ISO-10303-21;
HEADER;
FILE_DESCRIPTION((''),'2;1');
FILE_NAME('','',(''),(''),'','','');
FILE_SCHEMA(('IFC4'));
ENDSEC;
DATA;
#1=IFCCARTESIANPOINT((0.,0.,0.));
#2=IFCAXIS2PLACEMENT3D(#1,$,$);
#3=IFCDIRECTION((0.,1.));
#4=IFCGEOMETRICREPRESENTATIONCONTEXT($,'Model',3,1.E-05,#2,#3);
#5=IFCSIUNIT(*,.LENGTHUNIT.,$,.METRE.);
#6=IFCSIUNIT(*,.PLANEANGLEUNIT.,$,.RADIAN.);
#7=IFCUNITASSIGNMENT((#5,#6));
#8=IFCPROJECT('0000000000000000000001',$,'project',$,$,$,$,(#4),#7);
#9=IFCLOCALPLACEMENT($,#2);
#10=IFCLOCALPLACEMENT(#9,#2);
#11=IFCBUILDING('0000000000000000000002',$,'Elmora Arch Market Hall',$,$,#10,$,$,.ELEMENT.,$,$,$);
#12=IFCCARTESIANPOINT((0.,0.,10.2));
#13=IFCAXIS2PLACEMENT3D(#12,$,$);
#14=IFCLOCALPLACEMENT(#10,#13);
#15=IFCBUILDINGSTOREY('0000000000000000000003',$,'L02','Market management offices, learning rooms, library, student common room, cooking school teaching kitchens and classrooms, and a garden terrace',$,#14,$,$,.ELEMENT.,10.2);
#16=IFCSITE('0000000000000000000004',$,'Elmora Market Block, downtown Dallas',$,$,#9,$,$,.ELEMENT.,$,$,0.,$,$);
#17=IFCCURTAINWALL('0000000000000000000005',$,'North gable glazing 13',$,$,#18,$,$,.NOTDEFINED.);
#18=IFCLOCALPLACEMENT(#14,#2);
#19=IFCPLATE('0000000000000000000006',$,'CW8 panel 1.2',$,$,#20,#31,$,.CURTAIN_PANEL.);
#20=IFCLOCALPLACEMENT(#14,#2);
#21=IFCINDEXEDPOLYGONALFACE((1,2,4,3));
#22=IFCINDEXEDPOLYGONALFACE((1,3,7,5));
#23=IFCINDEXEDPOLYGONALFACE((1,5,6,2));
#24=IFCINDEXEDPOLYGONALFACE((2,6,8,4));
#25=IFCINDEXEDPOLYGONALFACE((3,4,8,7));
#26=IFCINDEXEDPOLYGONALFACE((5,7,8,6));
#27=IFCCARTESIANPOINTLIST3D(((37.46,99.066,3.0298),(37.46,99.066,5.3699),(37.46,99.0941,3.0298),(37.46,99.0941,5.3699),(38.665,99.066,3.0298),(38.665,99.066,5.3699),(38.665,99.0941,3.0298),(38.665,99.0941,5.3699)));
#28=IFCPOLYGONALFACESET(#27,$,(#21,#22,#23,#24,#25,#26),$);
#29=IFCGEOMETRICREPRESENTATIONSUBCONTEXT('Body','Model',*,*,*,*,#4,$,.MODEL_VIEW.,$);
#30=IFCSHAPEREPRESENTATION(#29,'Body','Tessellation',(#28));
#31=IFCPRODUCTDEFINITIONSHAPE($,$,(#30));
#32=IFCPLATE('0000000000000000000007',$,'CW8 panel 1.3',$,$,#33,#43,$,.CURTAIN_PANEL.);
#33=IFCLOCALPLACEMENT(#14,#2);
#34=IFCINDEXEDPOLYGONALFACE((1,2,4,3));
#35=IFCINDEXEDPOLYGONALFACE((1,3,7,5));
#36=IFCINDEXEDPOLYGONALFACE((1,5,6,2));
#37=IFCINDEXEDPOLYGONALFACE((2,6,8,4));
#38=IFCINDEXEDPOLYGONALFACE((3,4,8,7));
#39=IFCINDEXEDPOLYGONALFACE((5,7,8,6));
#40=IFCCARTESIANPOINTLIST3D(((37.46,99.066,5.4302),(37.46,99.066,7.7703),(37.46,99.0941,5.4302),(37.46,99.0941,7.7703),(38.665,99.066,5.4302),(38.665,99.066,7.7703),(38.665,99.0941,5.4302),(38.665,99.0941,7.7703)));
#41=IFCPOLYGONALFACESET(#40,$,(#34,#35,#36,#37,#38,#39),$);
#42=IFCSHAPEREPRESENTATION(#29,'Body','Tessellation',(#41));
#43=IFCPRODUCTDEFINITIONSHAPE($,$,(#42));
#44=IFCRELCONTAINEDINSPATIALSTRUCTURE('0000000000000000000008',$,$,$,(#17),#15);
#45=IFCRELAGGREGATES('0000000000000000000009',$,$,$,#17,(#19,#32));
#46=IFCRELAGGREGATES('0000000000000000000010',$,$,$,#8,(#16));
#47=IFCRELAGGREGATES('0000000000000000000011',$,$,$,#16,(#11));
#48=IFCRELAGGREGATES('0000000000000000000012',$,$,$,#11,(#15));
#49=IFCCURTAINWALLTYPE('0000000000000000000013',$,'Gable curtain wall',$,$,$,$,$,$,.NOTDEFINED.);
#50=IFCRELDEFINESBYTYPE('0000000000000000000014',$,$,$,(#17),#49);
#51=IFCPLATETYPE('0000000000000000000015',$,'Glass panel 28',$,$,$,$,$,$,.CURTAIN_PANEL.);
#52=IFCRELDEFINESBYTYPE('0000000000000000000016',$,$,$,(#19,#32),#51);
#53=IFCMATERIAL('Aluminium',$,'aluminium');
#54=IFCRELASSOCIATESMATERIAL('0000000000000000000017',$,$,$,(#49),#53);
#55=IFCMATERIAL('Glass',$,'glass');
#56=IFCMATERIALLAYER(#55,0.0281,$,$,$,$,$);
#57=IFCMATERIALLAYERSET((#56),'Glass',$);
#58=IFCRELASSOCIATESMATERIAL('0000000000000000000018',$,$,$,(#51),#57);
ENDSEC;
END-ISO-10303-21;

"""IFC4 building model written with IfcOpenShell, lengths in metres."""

from ifc_helpers import new_model, si_unit, direction, frame, origin, origin_2d, place, context, subcontext, project, spatial, rectangle, extrude, material, layer, layer_set, type_object, element, aggregate, save


model = new_model("IFC4")

# Units and contexts
model_context = context("Model", 3, precision=1e-05, world=origin(), true_north=direction((0.0, 1.0)))
body_context = subcontext(model_context, "Body", "Model", "MODEL_VIEW")
ifc_project = project(units=[si_unit("LENGTHUNIT", "METRE"), si_unit("PLANEANGLEUNIT", "RADIAN")], contexts=[model_context])

# Site, building, storey
site_placement = place(None, origin())
site = spatial("IfcSite", under=ifc_project, at=site_placement, Name="Elmora Market Block, downtown Dallas", CompositionType="ELEMENT", RefElevation=0.0)
building_placement = place(site_placement, origin())
building = spatial("IfcBuilding", under=site, at=building_placement, Name="Elmora Arch Market Hall", CompositionType="ELEMENT")
storey_placement = place(building_placement, frame((0.0, 0.0, 10.2)))
storey = spatial("IfcBuildingStorey", under=building, at=storey_placement, Name="L02", Description="Market management offices, learning rooms, library, student common room, cooking school teaching kitchens and classrooms, and a garden terrace", CompositionType="ELEMENT", Elevation=10.2)

# Curtain wall
ifc_material_1 = material(Name="Aluminium", Category="aluminium")
curtain_wall_type = type_object("IfcCurtainWallType", Name="Gable curtain wall", PredefinedType="NOTDEFINED", material=ifc_material_1)
curtain_wall_1_placement = place(storey_placement, origin())
curtain_wall_1 = element("IfcCurtainWall", 1, at=curtain_wall_1_placement, inside=storey, type_object=curtain_wall_type, Name="North gable glazing 13", PredefinedType="NOTDEFINED")

# Plates
ifc_material_2 = material(Name="Glass", Category="glass")
ifc_layer = layer(ifc_material_2, 0.0281)
ifc_layer_set = layer_set([ifc_layer], Name="Glass")
plate_type = type_object("IfcPlateType", Name="Glass panel 28", PredefinedType="CURTAIN_PANEL", material=ifc_layer_set)
plate_1_placement = place(storey_placement, frame((38.0625, 99.0801, 3.0298), z_axis=(0.0, 0.0, 1.0), x_axis=(1.0, 0.0, 0.0)))
plate_1 = element("IfcPlate", 2, at=plate_1_placement, type_object=plate_type, Name="CW8 panel 1.2", PredefinedType="CURTAIN_PANEL", context=body_context, shape_type="SweptSolid", body=[
    extrude(rectangle(XDim=1.2051, YDim=0.0281, at=origin_2d()), origin(), (0.0, 0.0, 1.0), 2.3401),
])
plate_2_placement = place(storey_placement, frame((38.0625, 99.0801, 5.4302), z_axis=(0.0, 0.0, 1.0), x_axis=(1.0, 0.0, 0.0)))
plate_2 = element("IfcPlate", 3, at=plate_2_placement, type_object=plate_type, Name="CW8 panel 1.3", PredefinedType="CURTAIN_PANEL", context=body_context, shape_type="SweptSolid", body=[
    extrude(rectangle(XDim=1.2051, YDim=0.0281, at=origin_2d()), origin(), (0.0, 0.0, 1.0), 2.3401),
])
aggregate(curtain_wall_1, [plate_1, plate_2])

save(model, "model.ifc")
